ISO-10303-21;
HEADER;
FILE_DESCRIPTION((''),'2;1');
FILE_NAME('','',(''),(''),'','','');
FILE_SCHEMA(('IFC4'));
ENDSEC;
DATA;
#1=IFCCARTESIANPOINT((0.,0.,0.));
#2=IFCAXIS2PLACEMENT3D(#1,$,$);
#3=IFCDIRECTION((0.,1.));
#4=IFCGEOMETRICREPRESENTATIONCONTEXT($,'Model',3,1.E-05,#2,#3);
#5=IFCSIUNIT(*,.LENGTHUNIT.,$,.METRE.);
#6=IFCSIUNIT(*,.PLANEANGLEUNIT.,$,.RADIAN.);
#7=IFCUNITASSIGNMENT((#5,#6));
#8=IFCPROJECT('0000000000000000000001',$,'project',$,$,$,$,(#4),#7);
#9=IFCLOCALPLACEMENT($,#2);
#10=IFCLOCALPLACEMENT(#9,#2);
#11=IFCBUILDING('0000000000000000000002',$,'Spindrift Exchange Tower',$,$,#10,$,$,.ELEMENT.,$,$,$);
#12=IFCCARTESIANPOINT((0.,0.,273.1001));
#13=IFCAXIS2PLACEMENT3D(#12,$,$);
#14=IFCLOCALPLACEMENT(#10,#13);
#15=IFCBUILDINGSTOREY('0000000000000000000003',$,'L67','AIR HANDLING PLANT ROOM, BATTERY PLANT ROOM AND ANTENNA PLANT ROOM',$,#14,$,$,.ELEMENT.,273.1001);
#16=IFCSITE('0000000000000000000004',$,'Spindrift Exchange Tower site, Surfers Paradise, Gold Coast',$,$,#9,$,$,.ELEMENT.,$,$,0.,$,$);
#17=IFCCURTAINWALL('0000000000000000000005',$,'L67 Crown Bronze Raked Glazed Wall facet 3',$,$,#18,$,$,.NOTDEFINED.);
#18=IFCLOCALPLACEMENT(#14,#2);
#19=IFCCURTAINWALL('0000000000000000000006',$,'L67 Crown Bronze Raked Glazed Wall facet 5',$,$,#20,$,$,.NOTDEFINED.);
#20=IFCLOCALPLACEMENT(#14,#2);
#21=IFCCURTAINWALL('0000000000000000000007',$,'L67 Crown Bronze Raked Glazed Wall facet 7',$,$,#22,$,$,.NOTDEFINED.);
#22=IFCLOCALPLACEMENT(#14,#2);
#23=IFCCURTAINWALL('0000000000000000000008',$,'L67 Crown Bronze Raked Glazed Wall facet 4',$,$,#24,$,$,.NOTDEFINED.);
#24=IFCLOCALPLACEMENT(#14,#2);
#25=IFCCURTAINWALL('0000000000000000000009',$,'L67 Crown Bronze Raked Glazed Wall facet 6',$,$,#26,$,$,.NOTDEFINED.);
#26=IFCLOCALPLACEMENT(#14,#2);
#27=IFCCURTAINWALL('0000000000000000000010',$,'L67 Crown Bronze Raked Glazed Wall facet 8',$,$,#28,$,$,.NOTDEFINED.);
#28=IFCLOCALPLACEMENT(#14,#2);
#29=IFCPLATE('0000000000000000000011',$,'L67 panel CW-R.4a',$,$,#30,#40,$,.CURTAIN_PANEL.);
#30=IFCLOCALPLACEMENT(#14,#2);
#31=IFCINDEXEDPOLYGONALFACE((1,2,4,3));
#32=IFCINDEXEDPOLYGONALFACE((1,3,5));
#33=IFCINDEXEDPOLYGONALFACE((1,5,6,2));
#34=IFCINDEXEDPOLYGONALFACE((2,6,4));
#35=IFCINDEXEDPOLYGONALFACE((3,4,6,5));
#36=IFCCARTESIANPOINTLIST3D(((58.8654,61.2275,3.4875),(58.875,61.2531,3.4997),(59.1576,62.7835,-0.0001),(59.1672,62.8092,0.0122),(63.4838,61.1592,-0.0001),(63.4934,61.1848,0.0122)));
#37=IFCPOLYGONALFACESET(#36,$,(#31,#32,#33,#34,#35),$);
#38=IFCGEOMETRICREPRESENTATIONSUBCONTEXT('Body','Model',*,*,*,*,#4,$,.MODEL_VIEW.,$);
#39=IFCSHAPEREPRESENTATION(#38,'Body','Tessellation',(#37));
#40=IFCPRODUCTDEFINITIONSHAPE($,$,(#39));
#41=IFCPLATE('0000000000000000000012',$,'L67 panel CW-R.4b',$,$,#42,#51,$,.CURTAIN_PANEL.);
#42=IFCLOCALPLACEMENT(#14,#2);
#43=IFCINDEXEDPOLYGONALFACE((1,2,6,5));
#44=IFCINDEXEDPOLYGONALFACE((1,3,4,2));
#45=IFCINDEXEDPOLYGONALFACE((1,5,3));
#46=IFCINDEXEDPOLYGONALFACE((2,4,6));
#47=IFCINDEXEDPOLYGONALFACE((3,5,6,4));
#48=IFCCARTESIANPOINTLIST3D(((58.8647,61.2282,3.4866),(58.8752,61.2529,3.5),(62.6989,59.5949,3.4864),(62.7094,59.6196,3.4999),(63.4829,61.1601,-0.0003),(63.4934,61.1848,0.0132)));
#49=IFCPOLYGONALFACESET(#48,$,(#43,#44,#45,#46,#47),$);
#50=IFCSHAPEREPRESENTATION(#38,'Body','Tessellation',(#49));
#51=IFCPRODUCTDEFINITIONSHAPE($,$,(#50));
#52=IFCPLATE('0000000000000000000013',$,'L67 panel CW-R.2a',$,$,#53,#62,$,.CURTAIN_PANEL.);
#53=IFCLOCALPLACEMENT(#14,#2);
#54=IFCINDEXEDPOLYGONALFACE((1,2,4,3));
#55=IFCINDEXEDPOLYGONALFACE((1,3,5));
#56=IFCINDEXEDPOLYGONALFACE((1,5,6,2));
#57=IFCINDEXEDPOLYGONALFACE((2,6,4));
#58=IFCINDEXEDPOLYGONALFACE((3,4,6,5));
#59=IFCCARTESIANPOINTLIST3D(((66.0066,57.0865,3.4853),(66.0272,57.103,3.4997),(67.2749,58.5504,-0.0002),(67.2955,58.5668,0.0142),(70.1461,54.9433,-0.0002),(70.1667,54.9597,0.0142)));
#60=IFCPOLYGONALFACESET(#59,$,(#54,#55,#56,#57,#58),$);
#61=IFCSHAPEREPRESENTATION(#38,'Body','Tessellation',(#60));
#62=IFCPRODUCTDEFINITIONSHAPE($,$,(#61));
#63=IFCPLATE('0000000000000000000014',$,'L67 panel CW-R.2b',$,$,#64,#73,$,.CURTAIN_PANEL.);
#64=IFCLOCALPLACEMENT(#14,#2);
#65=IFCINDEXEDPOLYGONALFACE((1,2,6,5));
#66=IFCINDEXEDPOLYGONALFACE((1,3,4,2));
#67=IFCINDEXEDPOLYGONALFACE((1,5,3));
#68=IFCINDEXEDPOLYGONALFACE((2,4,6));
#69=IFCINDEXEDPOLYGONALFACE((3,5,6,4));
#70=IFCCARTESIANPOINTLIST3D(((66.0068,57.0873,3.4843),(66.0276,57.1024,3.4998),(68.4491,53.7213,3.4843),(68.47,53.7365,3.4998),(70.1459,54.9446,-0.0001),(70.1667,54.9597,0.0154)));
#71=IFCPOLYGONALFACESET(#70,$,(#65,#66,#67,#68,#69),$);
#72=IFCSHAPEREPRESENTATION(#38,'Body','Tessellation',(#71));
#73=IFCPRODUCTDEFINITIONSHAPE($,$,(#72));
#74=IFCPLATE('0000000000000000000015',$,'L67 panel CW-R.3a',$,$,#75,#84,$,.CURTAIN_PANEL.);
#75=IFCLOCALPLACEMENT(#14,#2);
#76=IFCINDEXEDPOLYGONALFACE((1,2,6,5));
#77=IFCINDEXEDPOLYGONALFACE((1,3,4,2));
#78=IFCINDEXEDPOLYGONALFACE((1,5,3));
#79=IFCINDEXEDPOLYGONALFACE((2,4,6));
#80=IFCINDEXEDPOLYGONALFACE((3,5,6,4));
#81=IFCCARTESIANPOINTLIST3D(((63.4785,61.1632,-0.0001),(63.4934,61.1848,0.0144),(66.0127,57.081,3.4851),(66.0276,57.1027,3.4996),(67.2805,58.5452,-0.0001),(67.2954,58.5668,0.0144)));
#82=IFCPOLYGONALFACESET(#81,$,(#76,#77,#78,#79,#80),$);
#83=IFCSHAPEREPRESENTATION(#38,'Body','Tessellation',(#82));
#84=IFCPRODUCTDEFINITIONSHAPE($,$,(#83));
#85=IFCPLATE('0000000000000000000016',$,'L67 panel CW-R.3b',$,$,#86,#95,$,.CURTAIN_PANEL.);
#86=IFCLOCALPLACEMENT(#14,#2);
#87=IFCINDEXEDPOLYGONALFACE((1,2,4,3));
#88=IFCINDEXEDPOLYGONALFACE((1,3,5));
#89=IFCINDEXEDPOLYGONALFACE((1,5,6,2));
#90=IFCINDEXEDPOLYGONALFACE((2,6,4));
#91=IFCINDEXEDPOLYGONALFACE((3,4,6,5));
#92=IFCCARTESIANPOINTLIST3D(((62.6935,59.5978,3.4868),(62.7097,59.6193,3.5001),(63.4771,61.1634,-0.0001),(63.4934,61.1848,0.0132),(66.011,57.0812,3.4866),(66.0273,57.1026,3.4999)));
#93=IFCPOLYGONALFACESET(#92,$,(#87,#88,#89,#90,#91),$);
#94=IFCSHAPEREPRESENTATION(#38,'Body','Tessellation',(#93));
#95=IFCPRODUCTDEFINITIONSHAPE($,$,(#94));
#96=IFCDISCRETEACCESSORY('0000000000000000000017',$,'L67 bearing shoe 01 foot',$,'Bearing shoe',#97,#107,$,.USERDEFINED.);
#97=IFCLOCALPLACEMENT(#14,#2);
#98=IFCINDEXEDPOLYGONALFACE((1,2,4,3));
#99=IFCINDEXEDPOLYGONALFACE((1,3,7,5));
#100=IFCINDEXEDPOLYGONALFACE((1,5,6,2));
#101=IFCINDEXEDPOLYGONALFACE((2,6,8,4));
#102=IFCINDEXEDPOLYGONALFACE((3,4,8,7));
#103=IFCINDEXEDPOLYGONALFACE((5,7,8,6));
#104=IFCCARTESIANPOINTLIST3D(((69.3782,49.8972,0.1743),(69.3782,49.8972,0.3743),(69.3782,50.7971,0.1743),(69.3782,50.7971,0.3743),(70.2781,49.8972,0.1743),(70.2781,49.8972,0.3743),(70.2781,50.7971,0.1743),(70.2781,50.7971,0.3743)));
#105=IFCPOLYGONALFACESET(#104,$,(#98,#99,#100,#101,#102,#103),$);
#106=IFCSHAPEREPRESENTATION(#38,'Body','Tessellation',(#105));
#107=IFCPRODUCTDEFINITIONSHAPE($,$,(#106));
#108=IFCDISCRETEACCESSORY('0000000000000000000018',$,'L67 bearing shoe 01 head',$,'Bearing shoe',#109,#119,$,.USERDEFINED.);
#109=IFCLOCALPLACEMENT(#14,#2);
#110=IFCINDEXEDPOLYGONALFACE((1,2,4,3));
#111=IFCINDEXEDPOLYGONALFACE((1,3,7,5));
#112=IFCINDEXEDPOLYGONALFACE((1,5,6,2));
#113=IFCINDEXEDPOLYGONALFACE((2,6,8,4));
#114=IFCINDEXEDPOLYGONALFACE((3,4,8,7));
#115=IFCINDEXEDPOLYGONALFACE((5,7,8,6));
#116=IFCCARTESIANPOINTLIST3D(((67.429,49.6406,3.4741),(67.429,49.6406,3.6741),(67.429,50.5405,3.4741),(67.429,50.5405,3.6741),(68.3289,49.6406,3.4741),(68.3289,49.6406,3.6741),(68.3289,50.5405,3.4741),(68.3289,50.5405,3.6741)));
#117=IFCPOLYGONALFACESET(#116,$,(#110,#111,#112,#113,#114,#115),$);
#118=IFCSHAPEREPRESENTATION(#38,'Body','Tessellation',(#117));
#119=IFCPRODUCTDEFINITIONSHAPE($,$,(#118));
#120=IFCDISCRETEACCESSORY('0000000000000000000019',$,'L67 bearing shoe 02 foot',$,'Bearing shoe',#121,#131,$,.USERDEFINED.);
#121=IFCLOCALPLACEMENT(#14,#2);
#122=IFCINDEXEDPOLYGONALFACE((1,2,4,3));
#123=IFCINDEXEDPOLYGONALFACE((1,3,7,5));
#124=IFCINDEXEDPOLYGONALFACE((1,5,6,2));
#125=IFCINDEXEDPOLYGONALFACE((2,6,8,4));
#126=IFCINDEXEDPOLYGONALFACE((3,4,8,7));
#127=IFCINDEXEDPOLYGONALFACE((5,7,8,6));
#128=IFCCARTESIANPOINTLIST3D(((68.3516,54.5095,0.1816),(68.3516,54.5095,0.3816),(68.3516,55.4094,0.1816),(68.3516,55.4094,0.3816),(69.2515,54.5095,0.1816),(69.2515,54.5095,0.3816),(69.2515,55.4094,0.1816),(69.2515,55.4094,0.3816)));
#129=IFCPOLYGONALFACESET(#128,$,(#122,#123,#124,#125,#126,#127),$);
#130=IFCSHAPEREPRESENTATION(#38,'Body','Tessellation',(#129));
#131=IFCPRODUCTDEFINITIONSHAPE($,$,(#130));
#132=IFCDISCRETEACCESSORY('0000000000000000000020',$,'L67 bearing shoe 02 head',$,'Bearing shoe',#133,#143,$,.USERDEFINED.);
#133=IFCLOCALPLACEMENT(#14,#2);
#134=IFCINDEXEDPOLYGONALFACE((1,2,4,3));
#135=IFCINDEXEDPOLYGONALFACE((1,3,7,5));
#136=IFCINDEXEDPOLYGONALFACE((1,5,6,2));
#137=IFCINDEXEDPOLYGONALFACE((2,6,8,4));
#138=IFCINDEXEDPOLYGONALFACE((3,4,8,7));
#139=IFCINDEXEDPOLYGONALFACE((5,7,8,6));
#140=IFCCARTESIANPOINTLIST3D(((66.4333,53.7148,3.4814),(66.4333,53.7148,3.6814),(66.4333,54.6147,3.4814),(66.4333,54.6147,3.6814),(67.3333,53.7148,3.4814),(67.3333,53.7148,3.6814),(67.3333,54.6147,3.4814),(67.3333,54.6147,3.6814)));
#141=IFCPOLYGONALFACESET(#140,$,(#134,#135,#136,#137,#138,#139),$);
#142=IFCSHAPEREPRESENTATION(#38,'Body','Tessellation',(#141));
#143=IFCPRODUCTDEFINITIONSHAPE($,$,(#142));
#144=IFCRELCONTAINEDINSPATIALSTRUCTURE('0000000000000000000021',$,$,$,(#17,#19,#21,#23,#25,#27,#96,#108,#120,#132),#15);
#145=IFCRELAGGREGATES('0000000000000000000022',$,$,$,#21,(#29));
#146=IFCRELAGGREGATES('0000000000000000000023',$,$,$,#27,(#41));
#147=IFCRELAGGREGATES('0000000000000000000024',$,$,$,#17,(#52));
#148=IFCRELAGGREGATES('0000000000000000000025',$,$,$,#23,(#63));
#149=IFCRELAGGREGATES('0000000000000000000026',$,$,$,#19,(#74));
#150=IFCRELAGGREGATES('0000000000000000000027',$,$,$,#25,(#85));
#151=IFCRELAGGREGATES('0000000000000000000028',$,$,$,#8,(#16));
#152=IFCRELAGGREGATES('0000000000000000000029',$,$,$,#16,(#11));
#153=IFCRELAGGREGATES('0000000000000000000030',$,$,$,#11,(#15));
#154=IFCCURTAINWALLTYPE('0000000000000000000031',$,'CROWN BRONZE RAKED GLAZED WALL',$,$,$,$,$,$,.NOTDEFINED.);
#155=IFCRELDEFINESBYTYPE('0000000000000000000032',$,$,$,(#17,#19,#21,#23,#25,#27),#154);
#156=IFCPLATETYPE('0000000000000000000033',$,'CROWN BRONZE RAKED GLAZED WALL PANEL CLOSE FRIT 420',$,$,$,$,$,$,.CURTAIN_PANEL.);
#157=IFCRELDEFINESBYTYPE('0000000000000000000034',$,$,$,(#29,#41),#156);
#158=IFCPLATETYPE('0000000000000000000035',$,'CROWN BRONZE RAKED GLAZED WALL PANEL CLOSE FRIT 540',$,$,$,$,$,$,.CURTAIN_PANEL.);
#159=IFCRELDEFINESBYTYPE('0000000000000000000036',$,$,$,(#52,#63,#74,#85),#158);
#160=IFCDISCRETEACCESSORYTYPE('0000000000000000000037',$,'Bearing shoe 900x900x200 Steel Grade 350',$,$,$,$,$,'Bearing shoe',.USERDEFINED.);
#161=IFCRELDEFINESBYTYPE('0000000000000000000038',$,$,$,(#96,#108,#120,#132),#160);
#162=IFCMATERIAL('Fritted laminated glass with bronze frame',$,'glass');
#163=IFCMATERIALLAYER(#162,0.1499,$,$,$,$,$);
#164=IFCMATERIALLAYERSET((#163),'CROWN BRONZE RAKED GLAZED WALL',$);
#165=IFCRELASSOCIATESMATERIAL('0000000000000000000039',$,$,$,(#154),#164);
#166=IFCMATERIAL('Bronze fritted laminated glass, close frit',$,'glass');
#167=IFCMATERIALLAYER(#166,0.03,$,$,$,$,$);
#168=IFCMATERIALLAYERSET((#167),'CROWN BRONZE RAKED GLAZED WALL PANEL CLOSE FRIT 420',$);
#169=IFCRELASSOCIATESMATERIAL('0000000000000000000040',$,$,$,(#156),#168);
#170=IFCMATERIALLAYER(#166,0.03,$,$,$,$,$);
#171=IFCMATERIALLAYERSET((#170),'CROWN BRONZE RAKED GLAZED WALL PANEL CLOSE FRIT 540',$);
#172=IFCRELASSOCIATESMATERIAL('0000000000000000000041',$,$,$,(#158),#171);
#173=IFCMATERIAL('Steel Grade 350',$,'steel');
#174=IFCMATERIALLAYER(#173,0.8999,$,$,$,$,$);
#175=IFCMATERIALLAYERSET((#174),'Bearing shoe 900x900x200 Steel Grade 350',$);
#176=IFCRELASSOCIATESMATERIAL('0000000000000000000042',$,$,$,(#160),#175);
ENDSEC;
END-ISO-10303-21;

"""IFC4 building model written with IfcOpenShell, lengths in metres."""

from ifc_helpers import new_model, si_unit, direction, frame, origin, origin_2d, place, context, subcontext, project, spatial, line, indexed_curve, rectangle, outline, extrude, source, transform, mapped, material, layer, layer_set, type_object, element, aggregate, save


model = new_model("IFC4")

# Units and contexts
model_context = context("Model", 3, precision=1e-05, world=origin(), true_north=direction((0.0, 1.0)))
body_context = subcontext(model_context, "Body", "Model", "MODEL_VIEW")
ifc_project = project(units=[si_unit("LENGTHUNIT", "METRE"), si_unit("PLANEANGLEUNIT", "RADIAN")], contexts=[model_context])

# Site, building, storey
site_placement = place(None, origin())
site = spatial("IfcSite", under=ifc_project, at=site_placement, Name="Spindrift Exchange Tower site, Surfers Paradise, Gold Coast", CompositionType="ELEMENT", RefElevation=0.0)
building_placement = place(site_placement, origin())
building = spatial("IfcBuilding", under=site, at=building_placement, Name="Spindrift Exchange Tower", CompositionType="ELEMENT")
storey_placement = place(building_placement, frame((0.0, 0.0, 273.1001)))
storey = spatial("IfcBuildingStorey", under=building, at=storey_placement, Name="L67", Description="AIR HANDLING PLANT ROOM, BATTERY PLANT ROOM AND ANTENNA PLANT ROOM", CompositionType="ELEMENT", Elevation=273.1001)

# Curtain walls
ifc_material_1 = material(Name="Fritted laminated glass with bronze frame", Category="glass")
ifc_layer_1 = layer(ifc_material_1, 0.1499)
ifc_layer_set_1 = layer_set([ifc_layer_1], Name="CROWN BRONZE RAKED GLAZED WALL")
curtain_wall_type = type_object("IfcCurtainWallType", Name="CROWN BRONZE RAKED GLAZED WALL", PredefinedType="NOTDEFINED", material=ifc_layer_set_1)
curtain_wall_1_placement = place(storey_placement, origin())
curtain_wall_1 = element("IfcCurtainWall", 1, at=curtain_wall_1_placement, inside=storey, type_object=curtain_wall_type, Name="L67 Crown Bronze Raked Glazed Wall facet 3", PredefinedType="NOTDEFINED")
curtain_wall_2_placement = place(storey_placement, origin())
curtain_wall_2 = element("IfcCurtainWall", 2, at=curtain_wall_2_placement, inside=storey, type_object=curtain_wall_type, Name="L67 Crown Bronze Raked Glazed Wall facet 5", PredefinedType="NOTDEFINED")
curtain_wall_3_placement = place(storey_placement, origin())
curtain_wall_3 = element("IfcCurtainWall", 3, at=curtain_wall_3_placement, inside=storey, type_object=curtain_wall_type, Name="L67 Crown Bronze Raked Glazed Wall facet 7", PredefinedType="NOTDEFINED")

# Curtain wall
curtain_wall_4_placement = place(storey_placement, origin())
curtain_wall_4 = element("IfcCurtainWall", 4, at=curtain_wall_4_placement, inside=storey, type_object=curtain_wall_type, Name="L67 Crown Bronze Raked Glazed Wall facet 4", PredefinedType="NOTDEFINED")

# Curtain wall
curtain_wall_5_placement = place(storey_placement, origin())
curtain_wall_5 = element("IfcCurtainWall", 5, at=curtain_wall_5_placement, inside=storey, type_object=curtain_wall_type, Name="L67 Crown Bronze Raked Glazed Wall facet 6", PredefinedType="NOTDEFINED")

# Curtain wall
curtain_wall_6_placement = place(storey_placement, origin())
curtain_wall_6 = element("IfcCurtainWall", 6, at=curtain_wall_6_placement, inside=storey, type_object=curtain_wall_type, Name="L67 Crown Bronze Raked Glazed Wall facet 8", PredefinedType="NOTDEFINED")

# Plates
ifc_material_2 = material(Name="Bronze fritted laminated glass, close frit", Category="glass")
ifc_layer_2 = layer(ifc_material_2, 0.03)
ifc_layer_set_2 = layer_set([ifc_layer_2], Name="CROWN BRONZE RAKED GLAZED WALL PANEL CLOSE FRIT 420")
plate_type_1 = type_object("IfcPlateType", Name="CROWN BRONZE RAKED GLAZED WALL PANEL CLOSE FRIT 420", PredefinedType="CURTAIN_PANEL", material=ifc_layer_set_2)
plate_1_placement = place(storey_placement, frame((63.4934, 61.1848, 0.0122), z_axis=(0.320892, 0.854635, 0.4082), x_axis=(-0.936184, 0.351511, 0.0)))
plate_1 = element("IfcPlate", 7, at=plate_1_placement, type_object=plate_type_1, Name="L67 panel CW-R.4a", PredefinedType="CURTAIN_PANEL", context=body_context, shape_type="SweptSolid", body=[
    extrude(outline(indexed_curve([(0.0, 0.0), (4.6211, 0.0), (4.3477, 3.8203)], segments=[line(1, 2, 3, 1)], self_intersect=False)), origin(), (0.0, 0.0, -1.0), 0.03),
])
aggregate(curtain_wall_3, [plate_1])
plate_2_placement = place(storey_placement, frame((63.4934, 61.1848, 0.0132), z_axis=(0.350396, 0.822497, 0.44802), x_axis=(-0.798017, 0.01177, 0.60252)))
plate_2 = element("IfcPlate", 8, at=plate_2_placement, type_object=plate_type_1, Name="L67 panel CW-R.4b", PredefinedType="CURTAIN_PANEL", context=body_context, shape_type="SweptSolid", body=[
    extrude(outline(indexed_curve([(0.0, 0.0), (5.7871, 0.0), (2.708, 2.8086)], segments=[line(1, 2, 3, 1)], self_intersect=False)), origin(), (0.0, 0.0, -1.0), 0.03),
])
aggregate(curtain_wall_6, [plate_2])
ifc_layer_3 = layer(ifc_material_2, 0.03)
ifc_layer_set_3 = layer_set([ifc_layer_3], Name="CROWN BRONZE RAKED GLAZED WALL PANEL CLOSE FRIT 540")
plate_type_2 = type_object("IfcPlateType", Name="CROWN BRONZE RAKED GLAZED WALL PANEL CLOSE FRIT 540", PredefinedType="CURTAIN_PANEL", material=ifc_layer_set_3)
plate_3_placement = place(storey_placement, frame((70.1667, 54.9597, 0.0142), z_axis=(0.686632, 0.546554, 0.479391), x_axis=(-0.622782, 0.782396, 0.0)))
plate_3 = element("IfcPlate", 9, at=plate_3_placement, type_object=plate_type_2, Name="L67 panel CW-R.2a", PredefinedType="CURTAIN_PANEL", context=body_context, shape_type="SweptSolid", body=[
    extrude(outline(indexed_curve([(0.0, 0.0), (4.6104, 0.0), (4.2549, 3.9717)], segments=[line(1, 2, 3, 1)], self_intersect=False)), origin(), (0.0, 0.0, -1.0), 0.03),
])
aggregate(curtain_wall_1, [plate_3])
plate_4_placement = place(storey_placement, frame((70.1667, 54.9597, 0.0154), z_axis=(0.693937, 0.503528, 0.514694), x_axis=(-0.711274, 0.368201, 0.598763)))
plate_4 = element("IfcPlate", 10, at=plate_4_placement, type_object=plate_type_2, Name="L67 panel CW-R.2b", PredefinedType="CURTAIN_PANEL", context=body_context, shape_type="SweptSolid", body=[
    extrude(outline(indexed_curve([(0.0, 0.0), (5.8193, 0.0), (2.8428, 2.9043)], segments=[line(1, 2, 3, 1)], self_intersect=False)), origin(), (0.0, 0.0, -1.0), 0.03),
])
aggregate(curtain_wall_4, [plate_4])
plate_5_placement = place(storey_placement, frame((63.4934, 61.1848, 0.0144), z_axis=(0.496444, 0.720964, 0.483481), x_axis=(0.823625, -0.567135, 0.0)))
plate_5 = element("IfcPlate", 11, at=plate_5_placement, type_object=plate_type_2, Name="L67 panel CW-R.3a", PredefinedType="CURTAIN_PANEL", context=body_context, shape_type="SweptSolid", body=[
    extrude(outline(indexed_curve([(0.0, 0.0), (4.6162, 0.0), (4.4023, -3.9814)], segments=[line(1, 2, 3, 1)], self_intersect=False)), origin(), (0.0, 0.0, -1.0), 0.03),
])
aggregate(curtain_wall_2, [plate_5])
plate_6_placement = place(storey_placement, frame((63.4934, 61.1848, 0.0132), z_axis=(0.541981, 0.714422, 0.442559), x_axis=(0.42683, -0.687641, 0.587338)))
plate_6 = element("IfcPlate", 12, at=plate_6_placement, type_object=plate_type_2, Name="L67 panel CW-R.3b", PredefinedType="CURTAIN_PANEL", context=body_context, shape_type="SweptSolid", body=[
    extrude(outline(indexed_curve([(0.0, 0.0), (5.9365, 0.0), (2.79, -2.7275)], segments=[line(1, 2, 3, 1)], self_intersect=False)), origin(), (0.0, 0.0, -1.0), 0.03),
])
aggregate(curtain_wall_5, [plate_6])

# Discrete accessories
ifc_material_3 = material(Name="Steel Grade 350", Category="steel")
ifc_layer_4 = layer(ifc_material_3, 0.8999)
ifc_layer_set_4 = layer_set([ifc_layer_4], Name="Bearing shoe 900x900x200 Steel Grade 350")
discrete_accessory_type = type_object("IfcDiscreteAccessoryType", Name="Bearing shoe 900x900x200 Steel Grade 350", ElementType="Bearing shoe", PredefinedType="USERDEFINED", material=ifc_layer_set_4)
shared_shape_1 = source(origin(), body_context, "Body", "SweptSolid", [
    extrude(rectangle(XDim=0.8999, YDim=0.8999, at=origin_2d()), origin(), (0.0, 0.0, 1.0), 0.2),
])
for number, where, z_axis, x_axis, name in (
    (13, (69.8281, 50.3472, 0.1743), (0.0, 0.0, 1.0), (1.0, 0.0, 0.0), "L67 bearing shoe 01 foot"),
    (14, (67.8789, 50.0906, 3.4741), (0.0, 0.0, 1.0), (1.0, 0.0, 0.0), "L67 bearing shoe 01 head"),
    (15, (68.8015, 54.9595, 0.1816), (0.0, 0.0, 1.0), (1.0, 0.0, 0.0), "L67 bearing shoe 02 foot"),
    (16, (66.8833, 54.1648, 3.4814), (0.0, 0.0, 1.0), (1.0, 0.0, 0.0), "L67 bearing shoe 02 head"),
):
    element("IfcDiscreteAccessory", number, at=place(storey_placement, frame(where, z_axis=z_axis, x_axis=x_axis)), inside=storey, type_object=discrete_accessory_type, Name=name, ObjectType="Bearing shoe", PredefinedType="USERDEFINED", context=body_context, shape_type="MappedRepresentation", body=[
        mapped(shared_shape_1, transform((0.0, 0.0, 0.0), scale=1.0)),
    ])

save(model, "model.ifc")
